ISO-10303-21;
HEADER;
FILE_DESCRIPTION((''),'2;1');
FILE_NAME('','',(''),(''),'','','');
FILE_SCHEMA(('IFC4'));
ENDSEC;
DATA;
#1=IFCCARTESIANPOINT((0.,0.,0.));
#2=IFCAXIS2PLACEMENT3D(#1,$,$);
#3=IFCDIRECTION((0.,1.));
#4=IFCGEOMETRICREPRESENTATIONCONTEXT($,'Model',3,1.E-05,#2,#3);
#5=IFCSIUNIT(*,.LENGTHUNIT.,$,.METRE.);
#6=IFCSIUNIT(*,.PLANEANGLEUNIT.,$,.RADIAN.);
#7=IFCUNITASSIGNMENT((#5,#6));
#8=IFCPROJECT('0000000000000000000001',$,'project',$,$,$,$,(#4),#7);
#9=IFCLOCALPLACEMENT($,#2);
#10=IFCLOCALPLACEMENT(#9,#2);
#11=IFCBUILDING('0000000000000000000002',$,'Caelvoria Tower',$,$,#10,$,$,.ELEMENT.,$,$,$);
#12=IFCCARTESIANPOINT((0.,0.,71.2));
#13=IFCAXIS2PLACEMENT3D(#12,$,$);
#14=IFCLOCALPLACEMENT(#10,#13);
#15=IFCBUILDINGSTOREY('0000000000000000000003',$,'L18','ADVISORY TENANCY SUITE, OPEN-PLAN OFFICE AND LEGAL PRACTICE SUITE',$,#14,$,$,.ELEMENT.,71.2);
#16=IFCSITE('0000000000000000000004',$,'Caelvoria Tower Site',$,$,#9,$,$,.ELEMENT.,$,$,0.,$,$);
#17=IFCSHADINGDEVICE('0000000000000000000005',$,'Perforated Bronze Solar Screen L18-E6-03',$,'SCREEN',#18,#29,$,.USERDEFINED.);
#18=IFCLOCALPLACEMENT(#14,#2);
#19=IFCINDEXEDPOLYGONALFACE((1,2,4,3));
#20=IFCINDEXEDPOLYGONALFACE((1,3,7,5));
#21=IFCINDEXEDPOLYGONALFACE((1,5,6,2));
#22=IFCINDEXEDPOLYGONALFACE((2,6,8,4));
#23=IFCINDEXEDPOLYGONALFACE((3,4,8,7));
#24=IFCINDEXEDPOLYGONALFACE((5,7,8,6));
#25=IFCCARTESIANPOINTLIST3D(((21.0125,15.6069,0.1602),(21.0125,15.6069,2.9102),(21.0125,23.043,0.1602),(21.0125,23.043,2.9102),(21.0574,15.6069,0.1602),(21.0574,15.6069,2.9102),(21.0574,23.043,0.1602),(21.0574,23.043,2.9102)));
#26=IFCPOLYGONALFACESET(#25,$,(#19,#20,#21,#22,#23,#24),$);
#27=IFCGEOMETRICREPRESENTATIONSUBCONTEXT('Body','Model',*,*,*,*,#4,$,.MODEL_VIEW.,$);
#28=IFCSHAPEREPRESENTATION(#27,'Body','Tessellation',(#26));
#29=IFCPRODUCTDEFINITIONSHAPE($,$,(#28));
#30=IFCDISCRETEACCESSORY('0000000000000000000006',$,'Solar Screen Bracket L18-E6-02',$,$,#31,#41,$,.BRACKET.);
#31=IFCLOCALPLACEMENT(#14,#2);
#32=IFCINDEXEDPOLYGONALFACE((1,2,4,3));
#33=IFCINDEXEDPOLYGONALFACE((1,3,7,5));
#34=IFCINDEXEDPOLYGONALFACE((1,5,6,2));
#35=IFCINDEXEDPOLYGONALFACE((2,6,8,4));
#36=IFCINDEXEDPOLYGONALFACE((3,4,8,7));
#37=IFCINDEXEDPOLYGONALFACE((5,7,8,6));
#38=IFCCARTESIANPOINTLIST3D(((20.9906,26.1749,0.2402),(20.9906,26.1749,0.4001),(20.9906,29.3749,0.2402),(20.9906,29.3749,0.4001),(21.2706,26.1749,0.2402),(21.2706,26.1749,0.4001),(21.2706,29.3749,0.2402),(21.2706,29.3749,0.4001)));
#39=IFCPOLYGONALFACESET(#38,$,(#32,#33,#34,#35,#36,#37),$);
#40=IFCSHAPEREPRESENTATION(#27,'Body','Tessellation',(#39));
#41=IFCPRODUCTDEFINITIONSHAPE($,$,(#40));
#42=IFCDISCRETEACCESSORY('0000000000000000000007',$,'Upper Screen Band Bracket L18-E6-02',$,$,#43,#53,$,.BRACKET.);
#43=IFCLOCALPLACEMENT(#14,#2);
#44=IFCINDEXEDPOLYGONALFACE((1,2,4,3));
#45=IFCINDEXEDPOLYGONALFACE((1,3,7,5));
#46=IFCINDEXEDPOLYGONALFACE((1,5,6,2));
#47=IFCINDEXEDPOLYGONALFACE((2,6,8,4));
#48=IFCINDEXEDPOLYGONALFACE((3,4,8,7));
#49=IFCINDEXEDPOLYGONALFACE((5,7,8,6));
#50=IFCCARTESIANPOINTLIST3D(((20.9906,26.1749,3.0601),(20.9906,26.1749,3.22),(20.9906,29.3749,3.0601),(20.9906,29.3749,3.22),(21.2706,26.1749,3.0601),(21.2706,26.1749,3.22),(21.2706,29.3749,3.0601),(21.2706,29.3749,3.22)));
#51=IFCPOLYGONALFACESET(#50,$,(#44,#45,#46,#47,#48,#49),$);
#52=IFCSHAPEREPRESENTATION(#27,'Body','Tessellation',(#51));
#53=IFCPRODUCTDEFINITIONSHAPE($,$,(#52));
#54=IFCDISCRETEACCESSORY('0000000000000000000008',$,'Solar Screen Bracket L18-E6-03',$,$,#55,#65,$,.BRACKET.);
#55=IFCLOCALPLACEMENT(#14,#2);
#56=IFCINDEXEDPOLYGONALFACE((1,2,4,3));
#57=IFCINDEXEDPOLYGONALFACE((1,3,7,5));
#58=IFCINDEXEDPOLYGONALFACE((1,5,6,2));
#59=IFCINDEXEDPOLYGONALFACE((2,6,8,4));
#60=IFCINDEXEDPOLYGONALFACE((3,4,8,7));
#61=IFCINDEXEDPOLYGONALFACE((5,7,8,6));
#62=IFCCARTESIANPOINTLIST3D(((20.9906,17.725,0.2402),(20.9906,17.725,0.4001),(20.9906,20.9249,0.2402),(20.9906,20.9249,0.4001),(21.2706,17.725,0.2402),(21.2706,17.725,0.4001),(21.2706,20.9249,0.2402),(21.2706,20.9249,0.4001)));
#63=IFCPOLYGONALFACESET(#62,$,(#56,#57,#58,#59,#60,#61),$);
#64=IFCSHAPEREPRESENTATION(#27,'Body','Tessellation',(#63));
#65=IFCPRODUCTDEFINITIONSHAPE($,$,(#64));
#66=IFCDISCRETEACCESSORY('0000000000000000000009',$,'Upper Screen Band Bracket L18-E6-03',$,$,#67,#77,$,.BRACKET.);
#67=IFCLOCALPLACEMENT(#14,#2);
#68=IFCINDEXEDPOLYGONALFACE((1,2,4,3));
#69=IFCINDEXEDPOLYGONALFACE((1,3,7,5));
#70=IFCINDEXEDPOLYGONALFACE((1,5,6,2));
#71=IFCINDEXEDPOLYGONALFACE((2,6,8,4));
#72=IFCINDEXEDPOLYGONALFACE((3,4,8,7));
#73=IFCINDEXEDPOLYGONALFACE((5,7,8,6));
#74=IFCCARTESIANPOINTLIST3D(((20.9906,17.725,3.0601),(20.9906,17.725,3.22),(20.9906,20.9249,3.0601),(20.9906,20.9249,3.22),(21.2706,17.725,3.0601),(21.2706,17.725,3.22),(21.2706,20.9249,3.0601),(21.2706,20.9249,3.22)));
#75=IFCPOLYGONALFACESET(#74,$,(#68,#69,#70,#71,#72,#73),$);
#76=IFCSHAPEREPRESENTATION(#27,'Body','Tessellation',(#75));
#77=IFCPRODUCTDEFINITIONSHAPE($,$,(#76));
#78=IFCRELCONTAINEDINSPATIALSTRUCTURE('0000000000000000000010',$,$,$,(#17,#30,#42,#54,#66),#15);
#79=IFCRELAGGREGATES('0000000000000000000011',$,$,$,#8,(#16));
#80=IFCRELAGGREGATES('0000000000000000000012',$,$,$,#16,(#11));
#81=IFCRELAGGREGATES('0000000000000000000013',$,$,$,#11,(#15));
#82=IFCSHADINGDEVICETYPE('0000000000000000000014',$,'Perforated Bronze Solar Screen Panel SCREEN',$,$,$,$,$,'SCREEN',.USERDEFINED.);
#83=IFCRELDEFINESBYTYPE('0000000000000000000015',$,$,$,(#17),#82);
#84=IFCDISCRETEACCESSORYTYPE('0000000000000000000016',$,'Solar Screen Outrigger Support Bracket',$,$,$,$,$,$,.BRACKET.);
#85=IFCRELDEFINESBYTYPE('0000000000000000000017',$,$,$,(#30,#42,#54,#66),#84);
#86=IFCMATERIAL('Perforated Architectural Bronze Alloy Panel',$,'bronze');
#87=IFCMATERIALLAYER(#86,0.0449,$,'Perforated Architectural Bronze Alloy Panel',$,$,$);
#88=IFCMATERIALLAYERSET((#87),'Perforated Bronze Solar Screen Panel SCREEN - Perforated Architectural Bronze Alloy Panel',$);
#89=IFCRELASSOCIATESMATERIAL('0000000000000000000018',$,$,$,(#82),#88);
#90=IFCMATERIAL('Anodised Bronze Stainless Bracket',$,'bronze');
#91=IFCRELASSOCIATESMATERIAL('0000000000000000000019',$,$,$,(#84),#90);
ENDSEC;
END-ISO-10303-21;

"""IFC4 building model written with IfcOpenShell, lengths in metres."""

from ifc_helpers import new_model, si_unit, direction, frame, origin, origin_2d, place, context, subcontext, project, spatial, rectangle, extrude, material, layer, layer_set, type_object, element, save


model = new_model("IFC4")

# Units and contexts
model_context = context("Model", 3, precision=1e-05, world=origin(), true_north=direction((0.0, 1.0)))
body_context = subcontext(model_context, "Body", "Model", "MODEL_VIEW")
ifc_project = project(units=[si_unit("LENGTHUNIT", "METRE"), si_unit("PLANEANGLEUNIT", "RADIAN")], contexts=[model_context])

# Site, building, storey
site_placement = place(None, origin())
site = spatial("IfcSite", under=ifc_project, at=site_placement, Name="Caelvoria Tower Site", CompositionType="ELEMENT", RefElevation=0.0)
building_placement = place(site_placement, origin())
building = spatial("IfcBuilding", under=site, at=building_placement, Name="Caelvoria Tower", CompositionType="ELEMENT")
storey_placement = place(building_placement, frame((0.0, 0.0, 71.2)))
storey = spatial("IfcBuildingStorey", under=building, at=storey_placement, Name="L18", Description="ADVISORY TENANCY SUITE, OPEN-PLAN OFFICE AND LEGAL PRACTICE SUITE", CompositionType="ELEMENT", Elevation=71.2)

# Shading device
ifc_material_1 = material(Name="Perforated Architectural Bronze Alloy Panel", Category="bronze")
ifc_layer_1 = layer(ifc_material_1, 0.0449, Name="Perforated Architectural Bronze Alloy Panel")
ifc_layer_set_1 = layer_set([ifc_layer_1], Name="Perforated Bronze Solar Screen Panel SCREEN - Perforated Architectural Bronze Alloy Panel")
shading_device_type = type_object("IfcShadingDeviceType", Name="Perforated Bronze Solar Screen Panel SCREEN", ElementType="SCREEN", PredefinedType="USERDEFINED", material=ifc_layer_set_1)
for number, where, z_axis, x_axis, name in (
    (1, (21.0349, 19.325, 0.1602), (0.0, 0.0, 1.0), (0.0, -1.0, 0.0), "Perforated Bronze Solar Screen L18-E6-03"),
):
    element("IfcShadingDevice", number, at=place(storey_placement, frame(where, z_axis=z_axis, x_axis=x_axis)), inside=storey, type_object=shading_device_type, Name=name, ObjectType="SCREEN", PredefinedType="USERDEFINED", context=body_context, shape_type="SweptSolid", body=[
        extrude(rectangle(XDim=7.436, YDim=0.0449, at=origin_2d()), origin(), (0.0, 0.0, 1.0), 2.75),
    ])

# Discrete accessories
ifc_material_2 = material(Name="Anodised Bronze Stainless Bracket", Category="bronze")
discrete_accessory_type = type_object("IfcDiscreteAccessoryType", Name="Solar Screen Outrigger Support Bracket", PredefinedType="BRACKET", material=ifc_material_2)
for number, where, z_axis, x_axis, name in (
    (2, (21.1306, 27.7749, 0.2402), (0.0, 0.0, 1.0), (0.0, -1.0, 0.0), "Solar Screen Bracket L18-E6-02"),
    (3, (21.1306, 27.7749, 3.0601), (0.0, 0.0, 1.0), (0.0, -1.0, 0.0), "Upper Screen Band Bracket L18-E6-02"),
    (4, (21.1306, 19.325, 0.2402), (0.0, 0.0, 1.0), (0.0, -1.0, 0.0), "Solar Screen Bracket L18-E6-03"),
    (5, (21.1306, 19.325, 3.0601), (0.0, 0.0, 1.0), (0.0, -1.0, 0.0), "Upper Screen Band Bracket L18-E6-03"),
):
    element("IfcDiscreteAccessory", number, at=place(storey_placement, frame(where, z_axis=z_axis, x_axis=x_axis)), inside=storey, type_object=discrete_accessory_type, Name=name, PredefinedType="BRACKET", context=body_context, shape_type="SweptSolid", body=[
        extrude(rectangle(XDim=3.2, YDim=0.28, at=origin_2d()), origin(), (0.0, 0.0, 1.0), 0.1599),
    ])

save(model, "model.ifc")
